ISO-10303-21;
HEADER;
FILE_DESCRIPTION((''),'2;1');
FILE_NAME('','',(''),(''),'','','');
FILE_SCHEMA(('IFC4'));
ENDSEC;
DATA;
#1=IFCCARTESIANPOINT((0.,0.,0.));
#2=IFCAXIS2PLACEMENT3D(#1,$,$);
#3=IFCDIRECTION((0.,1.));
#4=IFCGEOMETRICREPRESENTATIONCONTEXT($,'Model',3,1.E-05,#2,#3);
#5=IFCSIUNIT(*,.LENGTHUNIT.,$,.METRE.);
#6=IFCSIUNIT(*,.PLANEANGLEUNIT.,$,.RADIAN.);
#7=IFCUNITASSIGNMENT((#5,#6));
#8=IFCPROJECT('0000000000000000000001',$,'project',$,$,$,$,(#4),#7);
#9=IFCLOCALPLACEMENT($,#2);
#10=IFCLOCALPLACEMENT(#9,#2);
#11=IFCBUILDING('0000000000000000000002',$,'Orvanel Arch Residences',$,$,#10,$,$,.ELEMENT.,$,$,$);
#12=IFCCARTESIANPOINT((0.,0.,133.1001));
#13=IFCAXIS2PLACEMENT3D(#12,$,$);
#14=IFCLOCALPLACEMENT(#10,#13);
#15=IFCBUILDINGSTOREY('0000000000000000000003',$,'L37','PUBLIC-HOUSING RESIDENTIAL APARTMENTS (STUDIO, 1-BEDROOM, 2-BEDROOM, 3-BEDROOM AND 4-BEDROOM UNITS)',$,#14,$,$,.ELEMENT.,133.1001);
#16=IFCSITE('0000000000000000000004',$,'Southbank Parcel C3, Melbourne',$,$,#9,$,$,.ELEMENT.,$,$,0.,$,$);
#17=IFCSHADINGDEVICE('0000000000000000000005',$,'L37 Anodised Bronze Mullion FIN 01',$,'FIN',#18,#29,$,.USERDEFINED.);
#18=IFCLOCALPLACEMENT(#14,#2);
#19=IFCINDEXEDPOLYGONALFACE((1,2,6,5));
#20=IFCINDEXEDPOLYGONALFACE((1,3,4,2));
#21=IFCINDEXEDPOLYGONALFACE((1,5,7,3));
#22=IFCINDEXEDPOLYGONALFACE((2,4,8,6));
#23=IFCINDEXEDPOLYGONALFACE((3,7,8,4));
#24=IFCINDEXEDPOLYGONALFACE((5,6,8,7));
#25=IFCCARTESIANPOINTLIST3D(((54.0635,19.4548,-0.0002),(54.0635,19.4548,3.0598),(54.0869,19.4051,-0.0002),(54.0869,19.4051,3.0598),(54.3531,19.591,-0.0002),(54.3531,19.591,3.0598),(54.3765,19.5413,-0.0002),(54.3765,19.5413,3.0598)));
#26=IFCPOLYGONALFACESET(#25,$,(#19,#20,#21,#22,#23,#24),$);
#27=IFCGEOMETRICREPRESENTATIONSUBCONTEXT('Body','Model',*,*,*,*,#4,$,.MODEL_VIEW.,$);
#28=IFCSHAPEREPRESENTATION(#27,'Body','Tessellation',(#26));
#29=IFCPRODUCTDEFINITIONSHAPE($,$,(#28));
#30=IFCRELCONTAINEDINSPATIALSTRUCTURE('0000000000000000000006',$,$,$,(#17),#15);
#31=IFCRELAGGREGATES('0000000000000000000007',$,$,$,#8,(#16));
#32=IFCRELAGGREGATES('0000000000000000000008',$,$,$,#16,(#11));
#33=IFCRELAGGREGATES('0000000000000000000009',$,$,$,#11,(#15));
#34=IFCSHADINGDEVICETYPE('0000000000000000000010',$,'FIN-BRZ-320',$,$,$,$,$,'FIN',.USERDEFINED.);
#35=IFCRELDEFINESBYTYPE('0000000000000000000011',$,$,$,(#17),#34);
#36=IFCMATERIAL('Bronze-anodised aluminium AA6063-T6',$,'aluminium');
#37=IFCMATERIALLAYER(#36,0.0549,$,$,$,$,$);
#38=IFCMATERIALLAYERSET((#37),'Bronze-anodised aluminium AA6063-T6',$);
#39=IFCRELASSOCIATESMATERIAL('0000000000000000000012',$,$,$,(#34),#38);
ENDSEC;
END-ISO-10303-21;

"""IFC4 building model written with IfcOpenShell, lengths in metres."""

from ifc_helpers import new_model, si_unit, direction, frame, origin, origin_2d, place, context, subcontext, project, spatial, rectangle, extrude, material, layer, layer_set, type_object, element, save


model = new_model("IFC4")

# Units and contexts
model_context = context("Model", 3, precision=1e-05, world=origin(), true_north=direction((0.0, 1.0)))
body_context = subcontext(model_context, "Body", "Model", "MODEL_VIEW")
ifc_project = project(units=[si_unit("LENGTHUNIT", "METRE"), si_unit("PLANEANGLEUNIT", "RADIAN")], contexts=[model_context])

# Site, building, storey
site_placement = place(None, origin())
site = spatial("IfcSite", under=ifc_project, at=site_placement, Name="Southbank Parcel C3, Melbourne", CompositionType="ELEMENT", RefElevation=0.0)
building_placement = place(site_placement, origin())
building = spatial("IfcBuilding", under=site, at=building_placement, Name="Orvanel Arch Residences", CompositionType="ELEMENT")
storey_placement = place(building_placement, frame((0.0, 0.0, 133.1001)))
storey = spatial("IfcBuildingStorey", under=building, at=storey_placement, Name="L37", Description="PUBLIC-HOUSING RESIDENTIAL APARTMENTS (STUDIO, 1-BEDROOM, 2-BEDROOM, 3-BEDROOM AND 4-BEDROOM UNITS)", CompositionType="ELEMENT", Elevation=133.1001)

# Shared definitions
ifc_material_1 = material(Name="Bronze-anodised aluminium AA6063-T6", Category="aluminium")

# Shading device
ifc_layer_1 = layer(ifc_material_1, 0.0549)
ifc_layer_set_1 = layer_set([ifc_layer_1], Name="Bronze-anodised aluminium AA6063-T6")
shading_device_type = type_object("IfcShadingDeviceType", Name="FIN-BRZ-320", ElementType="FIN", PredefinedType="USERDEFINED", material=ifc_layer_set_1)
shading_device_placement = place(storey_placement, frame((54.22, 19.498, -0.0002), z_axis=(0.0, 0.0, 1.0), x_axis=(0.904827, 0.425779, 0.0)))
element("IfcShadingDevice", 1, at=shading_device_placement, inside=storey, type_object=shading_device_type, Name="L37 Anodised Bronze Mullion FIN 01", ObjectType="FIN", PredefinedType="USERDEFINED", context=body_context, shape_type="SweptSolid", body=[
    extrude(rectangle(XDim=0.3201, YDim=0.0549, at=origin_2d()), origin(), (0.0, 0.0, 1.0), 3.0601),
])

save(model, "model.ifc")
